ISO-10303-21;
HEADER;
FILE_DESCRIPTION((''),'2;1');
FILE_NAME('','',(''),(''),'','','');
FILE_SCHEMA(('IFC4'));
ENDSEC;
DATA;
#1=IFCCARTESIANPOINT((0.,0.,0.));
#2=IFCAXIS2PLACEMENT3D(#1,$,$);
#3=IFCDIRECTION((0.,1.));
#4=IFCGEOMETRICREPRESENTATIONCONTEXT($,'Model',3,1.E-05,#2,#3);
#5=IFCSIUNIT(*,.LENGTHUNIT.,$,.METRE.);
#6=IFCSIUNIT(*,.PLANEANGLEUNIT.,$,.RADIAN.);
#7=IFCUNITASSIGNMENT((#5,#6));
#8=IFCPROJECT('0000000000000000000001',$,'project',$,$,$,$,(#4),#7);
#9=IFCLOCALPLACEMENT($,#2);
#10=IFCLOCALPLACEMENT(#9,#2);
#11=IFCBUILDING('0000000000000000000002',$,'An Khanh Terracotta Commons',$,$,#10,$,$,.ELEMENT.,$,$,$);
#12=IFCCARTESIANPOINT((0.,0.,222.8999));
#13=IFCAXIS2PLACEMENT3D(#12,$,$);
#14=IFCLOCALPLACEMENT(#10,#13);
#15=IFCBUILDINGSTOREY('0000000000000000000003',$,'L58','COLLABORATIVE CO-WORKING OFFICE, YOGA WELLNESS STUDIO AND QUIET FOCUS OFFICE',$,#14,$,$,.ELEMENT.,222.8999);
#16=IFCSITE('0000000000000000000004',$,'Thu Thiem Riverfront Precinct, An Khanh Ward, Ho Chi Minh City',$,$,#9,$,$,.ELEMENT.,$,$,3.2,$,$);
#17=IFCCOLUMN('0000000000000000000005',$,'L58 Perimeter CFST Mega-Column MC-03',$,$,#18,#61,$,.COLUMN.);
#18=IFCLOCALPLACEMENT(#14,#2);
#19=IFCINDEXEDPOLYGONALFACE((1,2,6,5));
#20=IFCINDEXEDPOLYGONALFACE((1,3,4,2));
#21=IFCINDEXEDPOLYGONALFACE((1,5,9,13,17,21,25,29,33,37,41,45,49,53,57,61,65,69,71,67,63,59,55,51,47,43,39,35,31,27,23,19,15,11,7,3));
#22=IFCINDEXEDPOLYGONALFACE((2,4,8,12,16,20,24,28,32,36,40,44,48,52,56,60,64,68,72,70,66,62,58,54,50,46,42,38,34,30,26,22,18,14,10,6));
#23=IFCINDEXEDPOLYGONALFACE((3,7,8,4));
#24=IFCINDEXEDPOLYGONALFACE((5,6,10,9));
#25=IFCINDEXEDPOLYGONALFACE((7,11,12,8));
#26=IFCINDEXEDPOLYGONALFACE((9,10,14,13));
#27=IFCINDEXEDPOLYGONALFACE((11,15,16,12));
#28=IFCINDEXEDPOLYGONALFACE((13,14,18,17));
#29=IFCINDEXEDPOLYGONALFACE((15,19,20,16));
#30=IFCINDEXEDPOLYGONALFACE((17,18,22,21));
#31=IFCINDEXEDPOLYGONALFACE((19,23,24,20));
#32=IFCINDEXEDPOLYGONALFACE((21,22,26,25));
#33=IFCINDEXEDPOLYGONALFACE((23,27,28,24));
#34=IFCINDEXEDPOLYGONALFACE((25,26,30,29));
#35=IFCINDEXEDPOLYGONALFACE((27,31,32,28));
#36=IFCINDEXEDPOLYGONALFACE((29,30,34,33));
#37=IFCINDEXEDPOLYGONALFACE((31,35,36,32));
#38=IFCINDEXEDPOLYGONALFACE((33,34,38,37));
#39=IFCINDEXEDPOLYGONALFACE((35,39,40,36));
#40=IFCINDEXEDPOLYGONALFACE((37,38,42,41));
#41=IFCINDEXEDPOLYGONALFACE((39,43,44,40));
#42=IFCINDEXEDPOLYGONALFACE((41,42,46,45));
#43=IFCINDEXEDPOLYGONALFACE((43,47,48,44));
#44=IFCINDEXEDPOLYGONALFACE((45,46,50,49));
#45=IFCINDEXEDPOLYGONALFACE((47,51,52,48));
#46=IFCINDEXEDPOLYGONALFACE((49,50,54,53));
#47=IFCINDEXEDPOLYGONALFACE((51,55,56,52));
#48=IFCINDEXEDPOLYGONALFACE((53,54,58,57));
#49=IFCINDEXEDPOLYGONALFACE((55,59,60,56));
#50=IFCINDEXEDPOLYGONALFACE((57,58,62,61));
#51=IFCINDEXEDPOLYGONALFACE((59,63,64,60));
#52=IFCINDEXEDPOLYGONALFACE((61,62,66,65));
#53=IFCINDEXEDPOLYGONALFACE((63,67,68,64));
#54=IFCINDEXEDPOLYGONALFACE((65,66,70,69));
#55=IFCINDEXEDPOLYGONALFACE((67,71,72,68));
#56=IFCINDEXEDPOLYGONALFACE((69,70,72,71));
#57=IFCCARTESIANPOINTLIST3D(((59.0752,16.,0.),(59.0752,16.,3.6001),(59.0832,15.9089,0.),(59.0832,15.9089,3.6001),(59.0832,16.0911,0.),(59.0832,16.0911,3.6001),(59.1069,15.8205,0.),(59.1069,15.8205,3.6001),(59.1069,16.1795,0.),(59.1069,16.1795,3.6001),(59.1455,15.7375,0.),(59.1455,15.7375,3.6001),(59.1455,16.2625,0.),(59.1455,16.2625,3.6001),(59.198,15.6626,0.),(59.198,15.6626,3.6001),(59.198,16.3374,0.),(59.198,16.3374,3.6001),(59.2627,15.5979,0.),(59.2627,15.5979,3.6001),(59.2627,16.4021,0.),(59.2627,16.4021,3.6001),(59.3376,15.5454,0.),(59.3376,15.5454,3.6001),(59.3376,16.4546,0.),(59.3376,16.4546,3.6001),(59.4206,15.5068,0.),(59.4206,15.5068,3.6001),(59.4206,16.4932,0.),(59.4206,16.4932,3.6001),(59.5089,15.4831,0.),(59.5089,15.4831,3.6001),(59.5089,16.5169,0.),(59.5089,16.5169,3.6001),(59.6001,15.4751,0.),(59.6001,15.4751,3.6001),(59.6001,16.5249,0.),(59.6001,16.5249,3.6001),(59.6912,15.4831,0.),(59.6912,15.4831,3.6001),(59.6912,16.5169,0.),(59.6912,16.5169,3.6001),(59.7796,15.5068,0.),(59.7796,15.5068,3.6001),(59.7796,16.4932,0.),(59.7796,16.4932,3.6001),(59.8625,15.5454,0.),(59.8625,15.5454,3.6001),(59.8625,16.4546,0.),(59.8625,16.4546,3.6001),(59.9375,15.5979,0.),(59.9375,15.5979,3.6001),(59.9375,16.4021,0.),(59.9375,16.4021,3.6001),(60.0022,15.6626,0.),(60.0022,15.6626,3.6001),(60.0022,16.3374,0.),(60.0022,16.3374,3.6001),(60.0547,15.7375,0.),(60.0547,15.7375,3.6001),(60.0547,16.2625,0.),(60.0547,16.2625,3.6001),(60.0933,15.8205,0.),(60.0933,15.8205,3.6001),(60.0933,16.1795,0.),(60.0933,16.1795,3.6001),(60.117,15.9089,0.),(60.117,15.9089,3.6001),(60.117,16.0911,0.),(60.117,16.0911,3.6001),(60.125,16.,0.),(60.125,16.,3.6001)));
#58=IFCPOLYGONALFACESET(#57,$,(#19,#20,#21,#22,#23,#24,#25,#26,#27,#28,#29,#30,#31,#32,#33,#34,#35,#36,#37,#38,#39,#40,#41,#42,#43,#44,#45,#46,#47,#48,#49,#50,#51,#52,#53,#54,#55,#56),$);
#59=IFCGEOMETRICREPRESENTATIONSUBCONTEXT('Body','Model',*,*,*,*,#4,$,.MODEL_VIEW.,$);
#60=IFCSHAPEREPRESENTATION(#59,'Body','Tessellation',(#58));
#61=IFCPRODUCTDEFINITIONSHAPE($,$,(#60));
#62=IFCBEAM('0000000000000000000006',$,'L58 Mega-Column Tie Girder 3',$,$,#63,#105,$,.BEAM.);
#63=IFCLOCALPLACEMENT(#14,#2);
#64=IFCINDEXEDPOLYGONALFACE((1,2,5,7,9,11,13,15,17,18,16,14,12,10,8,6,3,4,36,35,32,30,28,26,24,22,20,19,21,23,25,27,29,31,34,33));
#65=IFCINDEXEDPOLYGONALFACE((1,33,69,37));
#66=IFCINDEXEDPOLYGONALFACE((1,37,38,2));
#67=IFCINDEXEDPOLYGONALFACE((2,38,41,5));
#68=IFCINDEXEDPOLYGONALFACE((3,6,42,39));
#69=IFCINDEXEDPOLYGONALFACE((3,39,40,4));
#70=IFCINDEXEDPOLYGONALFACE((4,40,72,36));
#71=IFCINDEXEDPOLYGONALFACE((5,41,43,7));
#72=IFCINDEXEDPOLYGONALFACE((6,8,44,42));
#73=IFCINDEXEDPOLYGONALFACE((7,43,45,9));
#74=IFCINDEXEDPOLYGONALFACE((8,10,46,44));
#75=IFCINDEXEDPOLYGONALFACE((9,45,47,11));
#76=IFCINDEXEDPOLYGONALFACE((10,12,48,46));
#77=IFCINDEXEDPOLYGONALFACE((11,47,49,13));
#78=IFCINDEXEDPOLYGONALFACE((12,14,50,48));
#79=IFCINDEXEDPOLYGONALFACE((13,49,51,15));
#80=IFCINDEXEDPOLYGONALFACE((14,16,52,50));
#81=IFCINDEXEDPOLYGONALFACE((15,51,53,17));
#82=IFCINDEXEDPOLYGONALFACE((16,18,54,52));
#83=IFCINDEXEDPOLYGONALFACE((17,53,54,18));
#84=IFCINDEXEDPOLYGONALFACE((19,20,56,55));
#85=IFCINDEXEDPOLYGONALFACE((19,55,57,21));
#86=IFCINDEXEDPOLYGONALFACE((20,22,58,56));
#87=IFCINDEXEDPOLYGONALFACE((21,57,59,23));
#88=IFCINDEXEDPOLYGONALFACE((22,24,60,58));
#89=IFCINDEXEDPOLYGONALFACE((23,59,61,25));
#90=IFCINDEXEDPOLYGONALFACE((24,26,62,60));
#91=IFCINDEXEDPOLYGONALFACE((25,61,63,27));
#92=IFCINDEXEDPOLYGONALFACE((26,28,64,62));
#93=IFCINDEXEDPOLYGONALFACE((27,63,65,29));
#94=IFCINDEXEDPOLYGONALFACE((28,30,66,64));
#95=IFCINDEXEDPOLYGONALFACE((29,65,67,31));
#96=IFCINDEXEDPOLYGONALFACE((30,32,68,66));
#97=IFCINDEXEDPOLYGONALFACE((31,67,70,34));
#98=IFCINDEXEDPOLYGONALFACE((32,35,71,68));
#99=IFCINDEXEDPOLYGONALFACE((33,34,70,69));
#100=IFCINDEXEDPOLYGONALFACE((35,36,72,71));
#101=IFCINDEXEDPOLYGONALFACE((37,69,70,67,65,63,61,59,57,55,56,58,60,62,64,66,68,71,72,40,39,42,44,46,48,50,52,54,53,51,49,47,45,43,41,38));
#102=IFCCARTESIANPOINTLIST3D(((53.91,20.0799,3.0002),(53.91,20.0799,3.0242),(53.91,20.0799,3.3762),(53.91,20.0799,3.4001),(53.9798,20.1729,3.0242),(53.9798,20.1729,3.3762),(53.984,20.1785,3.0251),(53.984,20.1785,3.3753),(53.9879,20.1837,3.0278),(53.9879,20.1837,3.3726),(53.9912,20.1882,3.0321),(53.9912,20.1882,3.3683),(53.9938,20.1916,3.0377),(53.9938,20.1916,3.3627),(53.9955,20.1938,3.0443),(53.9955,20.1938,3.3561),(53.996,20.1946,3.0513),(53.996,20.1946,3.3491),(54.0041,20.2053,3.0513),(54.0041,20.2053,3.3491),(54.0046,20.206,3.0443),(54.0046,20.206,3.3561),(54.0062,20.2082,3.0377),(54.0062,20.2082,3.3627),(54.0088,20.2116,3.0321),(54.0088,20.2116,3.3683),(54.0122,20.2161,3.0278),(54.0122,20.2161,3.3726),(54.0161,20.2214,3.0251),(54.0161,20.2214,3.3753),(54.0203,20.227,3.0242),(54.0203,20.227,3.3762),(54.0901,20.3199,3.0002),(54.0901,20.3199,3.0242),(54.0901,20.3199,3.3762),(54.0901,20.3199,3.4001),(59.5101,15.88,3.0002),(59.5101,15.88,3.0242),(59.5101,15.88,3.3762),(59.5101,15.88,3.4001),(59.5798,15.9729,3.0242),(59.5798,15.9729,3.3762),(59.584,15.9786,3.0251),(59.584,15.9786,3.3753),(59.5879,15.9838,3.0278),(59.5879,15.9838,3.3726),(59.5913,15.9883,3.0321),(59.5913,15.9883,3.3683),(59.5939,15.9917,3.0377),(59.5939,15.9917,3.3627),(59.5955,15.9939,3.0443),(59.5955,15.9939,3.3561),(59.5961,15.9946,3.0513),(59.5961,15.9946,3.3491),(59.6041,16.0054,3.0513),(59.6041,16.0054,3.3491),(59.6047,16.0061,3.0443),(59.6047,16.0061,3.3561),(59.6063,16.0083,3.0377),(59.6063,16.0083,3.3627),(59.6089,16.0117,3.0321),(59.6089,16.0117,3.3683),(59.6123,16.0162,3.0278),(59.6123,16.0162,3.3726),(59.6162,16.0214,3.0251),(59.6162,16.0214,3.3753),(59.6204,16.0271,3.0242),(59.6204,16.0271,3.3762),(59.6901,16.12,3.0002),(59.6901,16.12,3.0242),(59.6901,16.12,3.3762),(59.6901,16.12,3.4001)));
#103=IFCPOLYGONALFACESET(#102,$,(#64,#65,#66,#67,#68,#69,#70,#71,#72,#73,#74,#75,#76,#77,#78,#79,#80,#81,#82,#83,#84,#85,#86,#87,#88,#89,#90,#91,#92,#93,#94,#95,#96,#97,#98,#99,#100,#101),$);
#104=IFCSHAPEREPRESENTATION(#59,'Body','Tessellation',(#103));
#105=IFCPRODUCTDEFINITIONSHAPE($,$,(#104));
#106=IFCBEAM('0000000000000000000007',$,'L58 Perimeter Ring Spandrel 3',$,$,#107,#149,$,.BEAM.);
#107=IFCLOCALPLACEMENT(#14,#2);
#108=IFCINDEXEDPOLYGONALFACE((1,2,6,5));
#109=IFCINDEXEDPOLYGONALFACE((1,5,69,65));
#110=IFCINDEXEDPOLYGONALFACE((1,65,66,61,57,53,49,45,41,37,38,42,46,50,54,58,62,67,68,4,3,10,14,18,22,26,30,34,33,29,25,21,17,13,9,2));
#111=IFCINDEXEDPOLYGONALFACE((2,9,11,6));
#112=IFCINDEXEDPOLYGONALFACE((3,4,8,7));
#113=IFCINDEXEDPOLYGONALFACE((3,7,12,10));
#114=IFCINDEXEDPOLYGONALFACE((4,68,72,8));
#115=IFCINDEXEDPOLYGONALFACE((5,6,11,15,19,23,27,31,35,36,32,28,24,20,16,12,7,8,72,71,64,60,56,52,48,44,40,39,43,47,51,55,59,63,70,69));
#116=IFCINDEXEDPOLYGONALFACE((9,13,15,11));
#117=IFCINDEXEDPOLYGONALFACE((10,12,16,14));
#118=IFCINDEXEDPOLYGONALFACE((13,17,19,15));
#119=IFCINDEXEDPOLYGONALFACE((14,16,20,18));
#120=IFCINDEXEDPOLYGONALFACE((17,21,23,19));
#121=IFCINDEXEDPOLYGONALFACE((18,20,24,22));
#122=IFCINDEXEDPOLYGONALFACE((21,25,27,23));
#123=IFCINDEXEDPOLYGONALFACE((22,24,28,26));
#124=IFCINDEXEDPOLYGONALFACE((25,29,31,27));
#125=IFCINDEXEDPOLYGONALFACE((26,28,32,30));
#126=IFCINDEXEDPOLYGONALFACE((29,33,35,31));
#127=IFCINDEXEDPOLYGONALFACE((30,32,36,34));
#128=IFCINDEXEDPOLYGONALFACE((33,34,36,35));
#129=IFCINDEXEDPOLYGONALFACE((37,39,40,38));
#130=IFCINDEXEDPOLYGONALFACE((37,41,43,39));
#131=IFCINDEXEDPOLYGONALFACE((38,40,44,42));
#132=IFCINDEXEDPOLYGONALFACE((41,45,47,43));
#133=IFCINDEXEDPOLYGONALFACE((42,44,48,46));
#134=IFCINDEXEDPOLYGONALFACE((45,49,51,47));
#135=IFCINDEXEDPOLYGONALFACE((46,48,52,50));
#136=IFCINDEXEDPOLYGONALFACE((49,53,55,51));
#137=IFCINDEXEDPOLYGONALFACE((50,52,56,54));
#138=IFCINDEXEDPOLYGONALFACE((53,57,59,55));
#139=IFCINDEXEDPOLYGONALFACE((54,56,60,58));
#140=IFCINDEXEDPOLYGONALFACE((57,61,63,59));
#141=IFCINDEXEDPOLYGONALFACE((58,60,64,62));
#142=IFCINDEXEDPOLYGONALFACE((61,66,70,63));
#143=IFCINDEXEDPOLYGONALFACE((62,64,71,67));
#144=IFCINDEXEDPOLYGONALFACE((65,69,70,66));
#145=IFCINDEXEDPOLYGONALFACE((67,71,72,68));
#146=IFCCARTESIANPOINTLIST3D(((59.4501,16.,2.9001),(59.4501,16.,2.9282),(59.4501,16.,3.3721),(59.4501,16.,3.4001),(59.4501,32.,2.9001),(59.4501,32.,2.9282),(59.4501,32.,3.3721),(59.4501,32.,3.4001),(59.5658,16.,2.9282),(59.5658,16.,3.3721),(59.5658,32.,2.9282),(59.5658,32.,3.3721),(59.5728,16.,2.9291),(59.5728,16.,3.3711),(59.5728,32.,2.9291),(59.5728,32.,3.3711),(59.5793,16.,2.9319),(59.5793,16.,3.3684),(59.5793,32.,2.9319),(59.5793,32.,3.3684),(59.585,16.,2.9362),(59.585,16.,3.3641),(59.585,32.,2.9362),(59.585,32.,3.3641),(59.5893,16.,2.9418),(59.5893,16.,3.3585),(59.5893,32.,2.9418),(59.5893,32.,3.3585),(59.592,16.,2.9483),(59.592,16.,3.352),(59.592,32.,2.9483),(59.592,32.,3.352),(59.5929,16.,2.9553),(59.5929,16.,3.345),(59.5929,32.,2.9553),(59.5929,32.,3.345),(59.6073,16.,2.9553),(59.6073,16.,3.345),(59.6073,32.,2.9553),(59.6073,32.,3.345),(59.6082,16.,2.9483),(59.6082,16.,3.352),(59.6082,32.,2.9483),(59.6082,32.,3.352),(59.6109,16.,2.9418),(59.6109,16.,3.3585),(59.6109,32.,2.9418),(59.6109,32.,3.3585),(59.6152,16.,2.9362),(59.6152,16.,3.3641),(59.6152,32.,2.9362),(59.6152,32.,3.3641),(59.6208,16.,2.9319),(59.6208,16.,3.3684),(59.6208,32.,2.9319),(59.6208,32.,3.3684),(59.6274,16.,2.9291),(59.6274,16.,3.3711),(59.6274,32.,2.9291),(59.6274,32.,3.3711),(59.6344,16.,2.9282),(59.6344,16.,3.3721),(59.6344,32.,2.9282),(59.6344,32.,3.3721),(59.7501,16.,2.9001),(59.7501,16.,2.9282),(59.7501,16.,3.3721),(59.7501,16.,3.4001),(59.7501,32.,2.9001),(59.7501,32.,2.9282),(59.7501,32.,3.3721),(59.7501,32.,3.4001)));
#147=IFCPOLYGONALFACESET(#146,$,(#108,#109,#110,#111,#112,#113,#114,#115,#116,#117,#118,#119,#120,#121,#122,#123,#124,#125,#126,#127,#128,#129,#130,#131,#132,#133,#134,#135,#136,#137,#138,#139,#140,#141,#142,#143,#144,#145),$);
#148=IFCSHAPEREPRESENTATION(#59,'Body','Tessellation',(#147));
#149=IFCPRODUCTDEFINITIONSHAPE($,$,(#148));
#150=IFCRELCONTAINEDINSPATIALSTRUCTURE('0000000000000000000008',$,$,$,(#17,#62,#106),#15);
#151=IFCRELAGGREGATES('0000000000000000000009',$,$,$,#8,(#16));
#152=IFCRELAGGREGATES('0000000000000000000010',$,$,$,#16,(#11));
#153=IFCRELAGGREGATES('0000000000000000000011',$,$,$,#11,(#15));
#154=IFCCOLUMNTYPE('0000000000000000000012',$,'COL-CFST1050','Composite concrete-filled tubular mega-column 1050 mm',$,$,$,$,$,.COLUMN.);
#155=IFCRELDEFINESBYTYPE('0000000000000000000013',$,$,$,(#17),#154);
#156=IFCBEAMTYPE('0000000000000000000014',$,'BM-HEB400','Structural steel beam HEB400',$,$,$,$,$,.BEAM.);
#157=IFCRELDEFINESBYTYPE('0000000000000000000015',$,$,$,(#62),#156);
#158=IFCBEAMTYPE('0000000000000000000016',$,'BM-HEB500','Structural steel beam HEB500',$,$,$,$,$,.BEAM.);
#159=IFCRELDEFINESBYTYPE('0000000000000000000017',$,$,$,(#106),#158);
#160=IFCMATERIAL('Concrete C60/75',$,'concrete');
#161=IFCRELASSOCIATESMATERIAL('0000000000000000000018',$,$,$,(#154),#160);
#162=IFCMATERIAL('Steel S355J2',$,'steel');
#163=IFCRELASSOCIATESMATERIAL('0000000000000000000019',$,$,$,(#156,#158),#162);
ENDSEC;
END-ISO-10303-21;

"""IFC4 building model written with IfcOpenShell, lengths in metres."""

from ifc_helpers import new_model, si_unit, direction, frame, origin, origin_2d, place, context, subcontext, project, spatial, circle, i_section, extrude, material, material_profile, profile_set, type_object, element, save


model = new_model("IFC4")

# Units and contexts
model_context = context("Model", 3, precision=1e-05, world=origin(), true_north=direction((0.0, 1.0)))
body_context = subcontext(model_context, "Body", "Model", "MODEL_VIEW")
ifc_project = project(units=[si_unit("LENGTHUNIT", "METRE"), si_unit("PLANEANGLEUNIT", "RADIAN")], contexts=[model_context])

# Site, building, storey
site_placement = place(None, origin())
site = spatial("IfcSite", under=ifc_project, at=site_placement, Name="Thu Thiem Riverfront Precinct, An Khanh Ward, Ho Chi Minh City", CompositionType="ELEMENT", RefElevation=3.2)
building_placement = place(site_placement, origin())
building = spatial("IfcBuilding", under=site, at=building_placement, Name="An Khanh Terracotta Commons", CompositionType="ELEMENT")
storey_placement = place(building_placement, frame((0.0, 0.0, 222.8999)))
storey = spatial("IfcBuildingStorey", under=building, at=storey_placement, Name="L58", Description="COLLABORATIVE CO-WORKING OFFICE, YOGA WELLNESS STUDIO AND QUIET FOCUS OFFICE", CompositionType="ELEMENT", Elevation=222.8999)

# Column
ifc_material_1 = material(Name="Concrete C60/75", Category="concrete")
ifc_material_profile_1 = material_profile(ifc_material_1, circle(Radius=0.5249, at=origin_2d()), Name="CFST1050")
ifc_profile_set_1 = profile_set([ifc_material_profile_1], Name="Concrete C60/75")
column_type = type_object("IfcColumnType", Name="COL-CFST1050", Description="Composite concrete-filled tubular mega-column 1050 mm", PredefinedType="COLUMN", material=ifc_profile_set_1)
column_placement = place(storey_placement, frame((59.6001, 16.0, 0.0), z_axis=(0.0, 0.0, 1.0), x_axis=(1.0, 0.0, 0.0)))
element("IfcColumn", 1, at=column_placement, inside=storey, type_object=column_type, Name="L58 Perimeter CFST Mega-Column MC-03", PredefinedType="COLUMN", context=body_context, shape_type="SweptSolid", body=[
    extrude(circle(Radius=0.5249, at=origin_2d()), origin(), (0.0, 0.0, 1.0), 3.6001),
])

# Beams
ifc_material_2 = material(Name="Steel S355J2", Category="steel")
ifc_material_profile_2 = material_profile(ifc_material_2, i_section(OverallWidth=0.3, OverallDepth=0.3999, WebThickness=0.0134, FlangeThickness=0.0239, FilletRadius=0.0271, at=origin_2d()), Name="HEB400")
ifc_profile_set_2 = profile_set([ifc_material_profile_2], Name="Steel S355J2")
beam_type_1 = type_object("IfcBeamType", Name="BM-HEB400", Description="Structural steel beam HEB400", PredefinedType="BEAM", material=ifc_profile_set_2)
beam_1_placement = place(storey_placement, frame((59.6001, 16.0, 3.2002), z_axis=(-0.800008, 0.599989, 0.0), x_axis=(-0.599989, -0.800008, 0.0)))
element("IfcBeam", 2, at=beam_1_placement, inside=storey, type_object=beam_type_1, Name="L58 Mega-Column Tie Girder 3", PredefinedType="BEAM", context=body_context, shape_type="SweptSolid", body=[
    extrude(i_section(OverallWidth=0.3, OverallDepth=0.3999, WebThickness=0.0134, FlangeThickness=0.0239, FilletRadius=0.0271, at=origin_2d()), origin(), (0.0, 0.0, 1.0), 7.0),
])
ifc_material_profile_3 = material_profile(ifc_material_2, i_section(OverallWidth=0.3, OverallDepth=0.5, WebThickness=0.0144, FlangeThickness=0.0281, FilletRadius=0.0271, at=origin_2d()), Name="HEB500")
ifc_profile_set_3 = profile_set([ifc_material_profile_3], Name="Steel S355J2")
beam_type_2 = type_object("IfcBeamType", Name="BM-HEB500", Description="Structural steel beam HEB500", PredefinedType="BEAM", material=ifc_profile_set_3)
beam_2_placement = place(storey_placement, frame((59.6001, 16.0, 3.1501), z_axis=(0.0, 1.0, 0.0), x_axis=(-1.0, 0.0, 0.0)))
element("IfcBeam", 3, at=beam_2_placement, inside=storey, type_object=beam_type_2, Name="L58 Perimeter Ring Spandrel 3", PredefinedType="BEAM", context=body_context, shape_type="SweptSolid", body=[
    extrude(i_section(OverallWidth=0.3, OverallDepth=0.5, WebThickness=0.0144, FlangeThickness=0.0281, FilletRadius=0.0271, at=origin_2d()), origin(), (0.0, 0.0, 1.0), 16.0),
])

save(model, "model.ifc")
